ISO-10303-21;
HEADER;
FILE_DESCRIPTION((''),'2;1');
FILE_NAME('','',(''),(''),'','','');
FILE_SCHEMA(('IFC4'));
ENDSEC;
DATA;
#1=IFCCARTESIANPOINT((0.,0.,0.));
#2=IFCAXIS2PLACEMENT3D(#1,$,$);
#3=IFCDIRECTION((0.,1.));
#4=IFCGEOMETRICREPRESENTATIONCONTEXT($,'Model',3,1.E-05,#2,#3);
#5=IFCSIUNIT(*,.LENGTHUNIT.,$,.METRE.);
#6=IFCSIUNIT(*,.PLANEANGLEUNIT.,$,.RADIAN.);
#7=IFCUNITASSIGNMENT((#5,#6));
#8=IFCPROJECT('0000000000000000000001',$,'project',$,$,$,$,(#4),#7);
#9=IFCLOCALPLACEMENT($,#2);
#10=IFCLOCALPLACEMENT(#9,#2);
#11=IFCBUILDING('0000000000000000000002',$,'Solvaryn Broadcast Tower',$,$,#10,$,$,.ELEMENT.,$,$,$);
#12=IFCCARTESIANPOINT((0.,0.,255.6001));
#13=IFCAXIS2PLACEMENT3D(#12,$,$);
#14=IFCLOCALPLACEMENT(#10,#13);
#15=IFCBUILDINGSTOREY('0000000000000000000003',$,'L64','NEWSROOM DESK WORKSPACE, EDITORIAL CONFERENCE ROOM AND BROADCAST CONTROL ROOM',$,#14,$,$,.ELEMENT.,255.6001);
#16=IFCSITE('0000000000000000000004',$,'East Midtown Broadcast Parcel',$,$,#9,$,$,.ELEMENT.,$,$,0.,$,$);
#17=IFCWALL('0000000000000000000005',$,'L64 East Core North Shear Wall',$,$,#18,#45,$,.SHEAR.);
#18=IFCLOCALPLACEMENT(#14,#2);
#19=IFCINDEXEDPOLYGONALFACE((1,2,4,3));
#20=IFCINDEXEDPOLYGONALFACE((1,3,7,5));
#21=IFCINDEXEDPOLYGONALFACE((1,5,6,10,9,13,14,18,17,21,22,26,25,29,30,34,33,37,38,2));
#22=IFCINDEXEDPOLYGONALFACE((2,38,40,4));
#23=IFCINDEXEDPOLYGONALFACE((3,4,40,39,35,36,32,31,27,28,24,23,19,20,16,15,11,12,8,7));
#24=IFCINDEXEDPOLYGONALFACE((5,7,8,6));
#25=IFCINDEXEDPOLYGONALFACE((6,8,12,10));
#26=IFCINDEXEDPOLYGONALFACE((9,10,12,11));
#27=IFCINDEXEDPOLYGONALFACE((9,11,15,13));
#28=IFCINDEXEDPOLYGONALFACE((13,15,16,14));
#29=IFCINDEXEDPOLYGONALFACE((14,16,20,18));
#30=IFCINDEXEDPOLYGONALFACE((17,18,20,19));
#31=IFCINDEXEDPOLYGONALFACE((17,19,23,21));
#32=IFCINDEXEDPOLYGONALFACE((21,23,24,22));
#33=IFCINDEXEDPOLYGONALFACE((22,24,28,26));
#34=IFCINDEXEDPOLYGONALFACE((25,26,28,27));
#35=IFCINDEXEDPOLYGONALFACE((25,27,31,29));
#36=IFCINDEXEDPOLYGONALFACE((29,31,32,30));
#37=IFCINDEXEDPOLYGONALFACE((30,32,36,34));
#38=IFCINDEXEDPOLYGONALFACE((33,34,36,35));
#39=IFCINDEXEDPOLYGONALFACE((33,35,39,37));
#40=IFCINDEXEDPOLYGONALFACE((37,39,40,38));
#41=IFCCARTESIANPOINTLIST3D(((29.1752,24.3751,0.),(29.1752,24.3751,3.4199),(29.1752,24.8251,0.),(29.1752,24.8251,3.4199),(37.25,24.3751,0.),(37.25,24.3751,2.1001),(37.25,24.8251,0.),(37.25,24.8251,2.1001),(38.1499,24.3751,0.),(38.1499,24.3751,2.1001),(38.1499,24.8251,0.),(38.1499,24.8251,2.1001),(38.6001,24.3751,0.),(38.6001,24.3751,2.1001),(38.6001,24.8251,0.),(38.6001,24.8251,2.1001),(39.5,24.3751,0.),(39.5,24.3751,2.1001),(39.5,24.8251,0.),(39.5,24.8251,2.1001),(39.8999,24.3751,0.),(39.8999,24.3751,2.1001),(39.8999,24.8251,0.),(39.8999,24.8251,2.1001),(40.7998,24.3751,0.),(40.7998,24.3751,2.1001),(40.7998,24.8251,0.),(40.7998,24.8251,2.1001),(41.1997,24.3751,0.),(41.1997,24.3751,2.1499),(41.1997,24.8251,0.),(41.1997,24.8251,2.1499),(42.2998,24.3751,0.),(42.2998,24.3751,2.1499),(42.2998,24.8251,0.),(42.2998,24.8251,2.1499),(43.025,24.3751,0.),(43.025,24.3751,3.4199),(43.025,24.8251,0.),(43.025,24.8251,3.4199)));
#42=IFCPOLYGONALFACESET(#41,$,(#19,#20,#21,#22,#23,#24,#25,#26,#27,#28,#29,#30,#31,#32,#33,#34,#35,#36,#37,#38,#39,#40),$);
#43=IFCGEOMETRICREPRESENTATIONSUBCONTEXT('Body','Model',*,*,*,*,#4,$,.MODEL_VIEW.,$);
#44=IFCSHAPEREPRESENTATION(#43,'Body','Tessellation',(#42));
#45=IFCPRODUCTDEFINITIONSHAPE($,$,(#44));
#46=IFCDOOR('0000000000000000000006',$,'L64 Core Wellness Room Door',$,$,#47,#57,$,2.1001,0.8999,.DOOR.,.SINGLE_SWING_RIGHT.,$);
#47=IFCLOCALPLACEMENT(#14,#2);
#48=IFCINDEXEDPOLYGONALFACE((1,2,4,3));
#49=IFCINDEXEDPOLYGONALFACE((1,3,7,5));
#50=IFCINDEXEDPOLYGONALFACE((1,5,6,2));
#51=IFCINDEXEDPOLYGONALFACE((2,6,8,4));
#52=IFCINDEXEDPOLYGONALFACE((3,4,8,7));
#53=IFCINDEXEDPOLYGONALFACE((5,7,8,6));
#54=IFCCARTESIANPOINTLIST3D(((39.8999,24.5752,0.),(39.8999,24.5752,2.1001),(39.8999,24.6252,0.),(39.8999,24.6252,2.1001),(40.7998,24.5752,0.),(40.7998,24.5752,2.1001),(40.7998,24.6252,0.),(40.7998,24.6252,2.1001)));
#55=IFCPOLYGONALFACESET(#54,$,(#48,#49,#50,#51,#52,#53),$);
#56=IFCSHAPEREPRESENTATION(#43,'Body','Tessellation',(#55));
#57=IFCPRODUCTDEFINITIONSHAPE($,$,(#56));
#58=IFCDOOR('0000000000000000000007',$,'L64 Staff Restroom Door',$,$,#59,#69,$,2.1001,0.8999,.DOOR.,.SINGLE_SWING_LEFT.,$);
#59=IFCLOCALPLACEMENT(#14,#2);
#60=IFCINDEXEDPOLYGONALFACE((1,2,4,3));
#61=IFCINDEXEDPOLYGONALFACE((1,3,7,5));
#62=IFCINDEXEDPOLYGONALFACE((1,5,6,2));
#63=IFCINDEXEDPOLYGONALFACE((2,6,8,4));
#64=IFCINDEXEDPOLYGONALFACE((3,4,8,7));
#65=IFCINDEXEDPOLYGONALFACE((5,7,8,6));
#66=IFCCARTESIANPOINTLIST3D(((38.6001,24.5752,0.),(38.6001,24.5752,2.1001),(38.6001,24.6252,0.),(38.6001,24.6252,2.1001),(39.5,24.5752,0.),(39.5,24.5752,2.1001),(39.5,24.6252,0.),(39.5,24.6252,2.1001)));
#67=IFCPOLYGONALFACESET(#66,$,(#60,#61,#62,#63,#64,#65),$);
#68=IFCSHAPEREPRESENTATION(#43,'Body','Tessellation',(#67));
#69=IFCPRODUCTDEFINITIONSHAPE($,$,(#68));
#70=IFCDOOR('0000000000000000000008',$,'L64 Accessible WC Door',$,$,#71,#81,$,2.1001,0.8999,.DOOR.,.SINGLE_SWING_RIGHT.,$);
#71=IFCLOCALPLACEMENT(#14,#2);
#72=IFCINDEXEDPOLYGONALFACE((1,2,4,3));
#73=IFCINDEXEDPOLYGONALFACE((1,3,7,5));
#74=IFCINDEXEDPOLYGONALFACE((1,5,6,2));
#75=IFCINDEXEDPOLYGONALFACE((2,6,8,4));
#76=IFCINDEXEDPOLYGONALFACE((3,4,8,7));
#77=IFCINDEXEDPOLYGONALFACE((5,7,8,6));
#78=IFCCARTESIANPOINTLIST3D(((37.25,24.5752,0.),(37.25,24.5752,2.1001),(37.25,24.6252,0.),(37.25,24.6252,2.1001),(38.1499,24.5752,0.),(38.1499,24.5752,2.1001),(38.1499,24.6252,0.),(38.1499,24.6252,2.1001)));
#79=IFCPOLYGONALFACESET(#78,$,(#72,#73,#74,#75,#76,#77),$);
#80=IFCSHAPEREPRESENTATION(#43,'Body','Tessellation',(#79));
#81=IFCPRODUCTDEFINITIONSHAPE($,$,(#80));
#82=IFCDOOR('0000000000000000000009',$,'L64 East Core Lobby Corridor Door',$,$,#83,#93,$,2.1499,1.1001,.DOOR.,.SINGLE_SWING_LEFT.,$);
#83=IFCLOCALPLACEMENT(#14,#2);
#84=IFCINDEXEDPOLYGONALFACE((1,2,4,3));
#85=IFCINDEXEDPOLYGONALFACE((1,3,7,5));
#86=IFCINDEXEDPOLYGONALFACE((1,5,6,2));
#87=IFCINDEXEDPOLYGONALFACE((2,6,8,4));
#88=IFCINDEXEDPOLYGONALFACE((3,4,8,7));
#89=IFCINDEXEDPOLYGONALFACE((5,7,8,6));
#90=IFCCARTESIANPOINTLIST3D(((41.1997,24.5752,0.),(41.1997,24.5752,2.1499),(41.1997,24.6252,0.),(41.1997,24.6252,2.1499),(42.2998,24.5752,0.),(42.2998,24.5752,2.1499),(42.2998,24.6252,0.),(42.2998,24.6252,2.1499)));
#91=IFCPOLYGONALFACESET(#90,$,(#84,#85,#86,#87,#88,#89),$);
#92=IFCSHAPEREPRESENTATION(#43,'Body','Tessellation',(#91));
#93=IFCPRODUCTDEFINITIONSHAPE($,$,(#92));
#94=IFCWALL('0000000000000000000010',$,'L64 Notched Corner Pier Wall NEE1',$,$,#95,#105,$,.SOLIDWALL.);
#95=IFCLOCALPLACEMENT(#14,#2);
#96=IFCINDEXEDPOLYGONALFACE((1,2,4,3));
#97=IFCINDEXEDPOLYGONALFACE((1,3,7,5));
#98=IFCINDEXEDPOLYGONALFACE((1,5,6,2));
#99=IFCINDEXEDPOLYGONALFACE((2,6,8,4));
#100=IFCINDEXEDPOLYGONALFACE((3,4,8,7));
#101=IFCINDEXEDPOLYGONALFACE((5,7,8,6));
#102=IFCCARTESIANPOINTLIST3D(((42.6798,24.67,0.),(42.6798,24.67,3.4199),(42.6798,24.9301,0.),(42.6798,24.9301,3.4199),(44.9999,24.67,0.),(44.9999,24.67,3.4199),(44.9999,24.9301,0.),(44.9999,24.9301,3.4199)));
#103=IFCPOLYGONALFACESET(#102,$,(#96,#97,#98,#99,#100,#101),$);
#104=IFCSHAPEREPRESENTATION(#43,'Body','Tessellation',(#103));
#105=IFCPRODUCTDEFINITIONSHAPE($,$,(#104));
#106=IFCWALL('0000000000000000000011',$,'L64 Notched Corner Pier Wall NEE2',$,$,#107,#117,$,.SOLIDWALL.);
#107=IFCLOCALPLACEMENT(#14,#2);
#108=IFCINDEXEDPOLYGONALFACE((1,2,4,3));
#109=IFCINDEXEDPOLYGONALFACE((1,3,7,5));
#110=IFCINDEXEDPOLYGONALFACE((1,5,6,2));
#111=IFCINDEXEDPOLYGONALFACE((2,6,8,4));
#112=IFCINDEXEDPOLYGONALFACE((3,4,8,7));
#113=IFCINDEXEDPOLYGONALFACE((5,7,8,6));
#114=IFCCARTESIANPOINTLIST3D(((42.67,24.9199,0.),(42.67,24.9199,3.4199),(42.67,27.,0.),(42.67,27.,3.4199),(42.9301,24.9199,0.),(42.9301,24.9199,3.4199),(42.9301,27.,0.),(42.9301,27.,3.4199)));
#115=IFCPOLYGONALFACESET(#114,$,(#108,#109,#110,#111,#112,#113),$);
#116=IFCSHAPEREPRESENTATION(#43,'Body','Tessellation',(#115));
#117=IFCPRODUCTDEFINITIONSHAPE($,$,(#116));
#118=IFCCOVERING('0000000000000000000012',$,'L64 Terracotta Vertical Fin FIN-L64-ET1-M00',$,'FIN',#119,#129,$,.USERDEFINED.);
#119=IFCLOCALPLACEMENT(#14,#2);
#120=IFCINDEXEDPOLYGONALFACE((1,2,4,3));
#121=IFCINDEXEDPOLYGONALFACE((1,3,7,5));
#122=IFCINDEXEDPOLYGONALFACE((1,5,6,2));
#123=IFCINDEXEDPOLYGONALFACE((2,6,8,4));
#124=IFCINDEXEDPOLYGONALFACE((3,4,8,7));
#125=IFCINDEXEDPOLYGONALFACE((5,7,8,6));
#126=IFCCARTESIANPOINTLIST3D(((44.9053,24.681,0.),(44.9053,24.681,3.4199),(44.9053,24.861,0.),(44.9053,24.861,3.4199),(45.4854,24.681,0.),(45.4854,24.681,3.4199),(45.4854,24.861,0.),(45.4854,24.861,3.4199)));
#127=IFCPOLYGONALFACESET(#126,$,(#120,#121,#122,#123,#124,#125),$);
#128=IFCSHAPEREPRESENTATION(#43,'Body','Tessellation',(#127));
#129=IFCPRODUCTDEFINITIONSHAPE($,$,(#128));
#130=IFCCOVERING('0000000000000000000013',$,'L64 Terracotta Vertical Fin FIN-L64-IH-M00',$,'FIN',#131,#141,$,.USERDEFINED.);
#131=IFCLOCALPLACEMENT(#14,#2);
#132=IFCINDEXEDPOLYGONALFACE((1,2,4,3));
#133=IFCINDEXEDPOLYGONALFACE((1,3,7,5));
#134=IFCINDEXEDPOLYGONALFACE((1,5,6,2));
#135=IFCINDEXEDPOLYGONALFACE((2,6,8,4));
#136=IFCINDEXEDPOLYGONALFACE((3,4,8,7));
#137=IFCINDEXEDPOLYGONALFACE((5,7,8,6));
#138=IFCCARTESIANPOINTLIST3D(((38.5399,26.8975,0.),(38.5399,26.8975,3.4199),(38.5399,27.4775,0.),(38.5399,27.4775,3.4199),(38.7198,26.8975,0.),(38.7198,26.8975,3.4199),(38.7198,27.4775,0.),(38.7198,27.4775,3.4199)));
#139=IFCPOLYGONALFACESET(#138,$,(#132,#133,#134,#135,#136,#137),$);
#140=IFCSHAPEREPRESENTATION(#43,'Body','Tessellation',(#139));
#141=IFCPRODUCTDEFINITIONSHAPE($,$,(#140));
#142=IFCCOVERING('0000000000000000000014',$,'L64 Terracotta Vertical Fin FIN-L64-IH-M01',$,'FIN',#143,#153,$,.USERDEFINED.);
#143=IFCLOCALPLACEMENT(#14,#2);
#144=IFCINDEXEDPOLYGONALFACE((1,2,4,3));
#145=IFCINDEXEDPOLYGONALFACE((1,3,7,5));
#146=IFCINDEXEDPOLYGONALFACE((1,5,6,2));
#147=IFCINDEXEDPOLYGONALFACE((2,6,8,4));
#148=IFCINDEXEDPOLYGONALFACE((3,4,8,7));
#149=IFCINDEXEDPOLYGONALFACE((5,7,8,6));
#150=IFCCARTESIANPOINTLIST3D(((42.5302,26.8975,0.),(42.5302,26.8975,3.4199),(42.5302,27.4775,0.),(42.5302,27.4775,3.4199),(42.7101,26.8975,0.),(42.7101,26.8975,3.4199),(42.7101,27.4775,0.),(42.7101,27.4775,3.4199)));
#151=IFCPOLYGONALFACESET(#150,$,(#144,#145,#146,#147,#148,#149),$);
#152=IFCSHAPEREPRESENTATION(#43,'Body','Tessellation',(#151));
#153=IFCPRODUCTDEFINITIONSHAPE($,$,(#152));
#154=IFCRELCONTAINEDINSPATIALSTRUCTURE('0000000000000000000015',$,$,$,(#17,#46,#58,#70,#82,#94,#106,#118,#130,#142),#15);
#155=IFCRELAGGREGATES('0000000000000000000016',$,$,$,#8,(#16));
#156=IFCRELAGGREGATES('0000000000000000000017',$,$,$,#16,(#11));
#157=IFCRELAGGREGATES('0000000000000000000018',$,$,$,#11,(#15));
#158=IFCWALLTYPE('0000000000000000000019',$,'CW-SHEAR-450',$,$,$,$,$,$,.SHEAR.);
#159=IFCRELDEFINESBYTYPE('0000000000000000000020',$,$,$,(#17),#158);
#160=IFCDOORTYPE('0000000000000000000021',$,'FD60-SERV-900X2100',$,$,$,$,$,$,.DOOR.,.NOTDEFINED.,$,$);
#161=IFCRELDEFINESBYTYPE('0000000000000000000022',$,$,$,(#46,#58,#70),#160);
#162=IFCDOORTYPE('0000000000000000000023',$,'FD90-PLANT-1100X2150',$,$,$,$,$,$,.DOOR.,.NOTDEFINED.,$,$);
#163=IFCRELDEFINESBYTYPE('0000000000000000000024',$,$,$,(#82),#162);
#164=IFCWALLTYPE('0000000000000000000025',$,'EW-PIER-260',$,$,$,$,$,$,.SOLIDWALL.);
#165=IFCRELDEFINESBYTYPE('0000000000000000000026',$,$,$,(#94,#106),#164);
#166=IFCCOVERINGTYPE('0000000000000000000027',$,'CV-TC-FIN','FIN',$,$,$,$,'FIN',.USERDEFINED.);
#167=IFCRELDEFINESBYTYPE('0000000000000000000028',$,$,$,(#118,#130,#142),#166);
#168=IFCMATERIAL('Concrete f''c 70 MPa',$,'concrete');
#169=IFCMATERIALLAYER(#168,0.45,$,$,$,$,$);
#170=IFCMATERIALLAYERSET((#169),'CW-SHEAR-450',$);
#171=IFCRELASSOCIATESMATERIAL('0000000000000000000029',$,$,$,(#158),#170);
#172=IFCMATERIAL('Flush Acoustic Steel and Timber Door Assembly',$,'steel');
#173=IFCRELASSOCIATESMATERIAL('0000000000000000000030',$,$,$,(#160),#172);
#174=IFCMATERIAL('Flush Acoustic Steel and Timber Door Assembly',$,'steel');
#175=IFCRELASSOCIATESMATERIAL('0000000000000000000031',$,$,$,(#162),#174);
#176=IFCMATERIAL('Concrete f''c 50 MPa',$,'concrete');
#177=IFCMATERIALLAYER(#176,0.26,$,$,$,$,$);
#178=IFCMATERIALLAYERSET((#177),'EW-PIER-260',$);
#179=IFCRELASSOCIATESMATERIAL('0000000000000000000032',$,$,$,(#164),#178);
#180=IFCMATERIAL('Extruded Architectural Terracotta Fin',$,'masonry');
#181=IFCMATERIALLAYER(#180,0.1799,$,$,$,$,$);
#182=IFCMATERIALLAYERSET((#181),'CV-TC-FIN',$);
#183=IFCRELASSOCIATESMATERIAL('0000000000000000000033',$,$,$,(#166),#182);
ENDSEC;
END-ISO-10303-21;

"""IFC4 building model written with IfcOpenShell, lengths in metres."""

from ifc_helpers import new_model, si_unit, direction, frame, frame_2d, origin, origin_2d, place, context, subcontext, project, spatial, rectangle, extrude, material, layer, layer_set, type_object, element, fill, save


model = new_model("IFC4")

# Units and contexts
model_context = context("Model", 3, precision=1e-05, world=origin(), true_north=direction((0.0, 1.0)))
body_context = subcontext(model_context, "Body", "Model", "MODEL_VIEW")
ifc_project = project(units=[si_unit("LENGTHUNIT", "METRE"), si_unit("PLANEANGLEUNIT", "RADIAN")], contexts=[model_context])

# Site, building, storey
site_placement = place(None, origin())
site = spatial("IfcSite", under=ifc_project, at=site_placement, Name="East Midtown Broadcast Parcel", CompositionType="ELEMENT", RefElevation=0.0)
building_placement = place(site_placement, origin())
building = spatial("IfcBuilding", under=site, at=building_placement, Name="Solvaryn Broadcast Tower", CompositionType="ELEMENT")
storey_placement = place(building_placement, frame((0.0, 0.0, 255.6001)))
storey = spatial("IfcBuildingStorey", under=building, at=storey_placement, Name="L64", Description="NEWSROOM DESK WORKSPACE, EDITORIAL CONFERENCE ROOM AND BROADCAST CONTROL ROOM", CompositionType="ELEMENT", Elevation=255.6001)

# Wall, openings, doors
ifc_material_1 = material(Name="Concrete f'c 70 MPa", Category="concrete")
ifc_layer_1 = layer(ifc_material_1, 0.45)
ifc_layer_set_1 = layer_set([ifc_layer_1], Name="CW-SHEAR-450")
wall_type_1 = type_object("IfcWallType", Name="CW-SHEAR-450", PredefinedType="SHEAR", material=ifc_layer_set_1)
wall_1_placement = place(storey_placement, frame((43.0249, 24.6001, 0.0), z_axis=(0.0, 0.0, 1.0), x_axis=(-1.0, 0.0, 0.0)))
wall_1 = element("IfcWall", 1, at=wall_1_placement, inside=storey, type_object=wall_type_1, Name="L64 East Core North Shear Wall", PredefinedType="SHEAR", context=body_context, shape_type="SweptSolid", body=[
    extrude(rectangle(XDim=13.8499, YDim=0.45, at=frame_2d((6.9248, 0.0))), origin(), (0.0, 0.0, 1.0), 3.4199),
])
opening_1_placement = place(wall_1_placement, frame((0.7251, 0.0, 0.0)))
opening_1 = element("IfcOpeningElement", 2, at=opening_1_placement, cuts=wall_1, PredefinedType="OPENING", context=body_context, shape_type="SweptSolid", body=[
    extrude(rectangle(XDim=1.1001, YDim=2.1499, at=frame_2d((0.55, 1.075))), frame((0.0, 0.2351, 0.0), z_axis=(0.0, -1.0, 0.0), x_axis=(1.0, 0.0, 0.0)), (0.0, 0.0, 1.0), 0.47),
])
opening_2_placement = place(wall_1_placement, frame((2.2251, 0.0, 0.0)))
opening_2 = element("IfcOpeningElement", 3, at=opening_2_placement, cuts=wall_1, PredefinedType="OPENING", context=body_context, shape_type="SweptSolid", body=[
    extrude(rectangle(XDim=0.8999, YDim=2.1001, at=frame_2d((0.45, 1.05))), frame((0.0, 0.2351, 0.0), z_axis=(0.0, -1.0, 0.0), x_axis=(1.0, 0.0, 0.0)), (0.0, 0.0, 1.0), 0.47),
])
opening_3_placement = place(wall_1_placement, frame((3.5249, 0.0, 0.0)))
opening_3 = element("IfcOpeningElement", 4, at=opening_3_placement, cuts=wall_1, PredefinedType="OPENING", context=body_context, shape_type="SweptSolid", body=[
    extrude(rectangle(XDim=0.8999, YDim=2.1001, at=frame_2d((0.45, 1.05))), frame((0.0, 0.2351, 0.0), z_axis=(0.0, -1.0, 0.0), x_axis=(1.0, 0.0, 0.0)), (0.0, 0.0, 1.0), 0.47),
])
opening_4_placement = place(wall_1_placement, frame((4.875, 0.0, 0.0)))
opening_4 = element("IfcOpeningElement", 5, at=opening_4_placement, cuts=wall_1, PredefinedType="OPENING", context=body_context, shape_type="SweptSolid", body=[
    extrude(rectangle(XDim=0.8999, YDim=2.1001, at=frame_2d((0.45, 1.05))), frame((0.0, 0.2351, 0.0), z_axis=(0.0, -1.0, 0.0), x_axis=(1.0, 0.0, 0.0)), (0.0, 0.0, 1.0), 0.47),
])
ifc_material_2 = material(Name="Flush Acoustic Steel and Timber Door Assembly", Category="steel")
door_type_1 = type_object("IfcDoorType", Name="FD60-SERV-900X2100", OperationType="NOTDEFINED", PredefinedType="DOOR", material=ifc_material_2)
door_1_placement = place(opening_2_placement, origin())
door_1 = element("IfcDoor", 6, at=door_1_placement, inside=storey, type_object=door_type_1, Name="L64 Core Wellness Room Door", OperationType="SINGLE_SWING_RIGHT", OverallHeight=2.1001, OverallWidth=0.8999, PredefinedType="DOOR", context=body_context, shape_type="SweptSolid", body=[
    extrude(rectangle(XDim=0.8999, YDim=2.1001, at=frame_2d((0.45, 1.05))), frame((0.0, 0.0249, 0.0), z_axis=(0.0, -1.0, 0.0), x_axis=(1.0, 0.0, 0.0)), (0.0, 0.0, 1.0), 0.05),
])
fill(opening_2, door_1)
door_2_placement = place(opening_3_placement, origin())
door_2 = element("IfcDoor", 7, at=door_2_placement, inside=storey, type_object=door_type_1, Name="L64 Staff Restroom Door", OperationType="SINGLE_SWING_LEFT", OverallHeight=2.1001, OverallWidth=0.8999, PredefinedType="DOOR", context=body_context, shape_type="SweptSolid", body=[
    extrude(rectangle(XDim=0.8999, YDim=2.1001, at=frame_2d((0.45, 1.05))), frame((0.0, 0.0249, 0.0), z_axis=(0.0, -1.0, 0.0), x_axis=(1.0, 0.0, 0.0)), (0.0, 0.0, 1.0), 0.05),
])
fill(opening_3, door_2)
door_3_placement = place(opening_4_placement, origin())
door_3 = element("IfcDoor", 8, at=door_3_placement, inside=storey, type_object=door_type_1, Name="L64 Accessible WC Door", OperationType="SINGLE_SWING_RIGHT", OverallHeight=2.1001, OverallWidth=0.8999, PredefinedType="DOOR", context=body_context, shape_type="SweptSolid", body=[
    extrude(rectangle(XDim=0.8999, YDim=2.1001, at=frame_2d((0.45, 1.05))), frame((0.0, 0.0249, 0.0), z_axis=(0.0, -1.0, 0.0), x_axis=(1.0, 0.0, 0.0)), (0.0, 0.0, 1.0), 0.05),
])
fill(opening_4, door_3)
ifc_material_3 = material(Name="Flush Acoustic Steel and Timber Door Assembly", Category="steel")
door_type_2 = type_object("IfcDoorType", Name="FD90-PLANT-1100X2150", OperationType="NOTDEFINED", PredefinedType="DOOR", material=ifc_material_3)
door_4_placement = place(opening_1_placement, origin())
door_4 = element("IfcDoor", 9, at=door_4_placement, inside=storey, type_object=door_type_2, Name="L64 East Core Lobby Corridor Door", OperationType="SINGLE_SWING_LEFT", OverallHeight=2.1499, OverallWidth=1.1001, PredefinedType="DOOR", context=body_context, shape_type="SweptSolid", body=[
    extrude(rectangle(XDim=1.1001, YDim=2.1499, at=frame_2d((0.55, 1.075))), frame((0.0, 0.0249, 0.0), z_axis=(0.0, -1.0, 0.0), x_axis=(1.0, 0.0, 0.0)), (0.0, 0.0, 1.0), 0.05),
])
fill(opening_1, door_4)

# Walls
ifc_material_4 = material(Name="Concrete f'c 50 MPa", Category="concrete")
ifc_layer_2 = layer(ifc_material_4, 0.26)
ifc_layer_set_2 = layer_set([ifc_layer_2], Name="EW-PIER-260")
wall_type_2 = type_object("IfcWallType", Name="EW-PIER-260", PredefinedType="SOLIDWALL", material=ifc_layer_set_2)
wall_2_placement = place(storey_placement, frame((45.0, 24.8, 0.0), z_axis=(0.0, 0.0, 1.0), x_axis=(-1.0, 0.0, 0.0)))
element("IfcWall", 10, at=wall_2_placement, inside=storey, type_object=wall_type_2, Name="L64 Notched Corner Pier Wall NEE1", PredefinedType="SOLIDWALL", context=body_context, shape_type="SweptSolid", body=[
    extrude(rectangle(XDim=2.3201, YDim=0.26, at=frame_2d((1.1602, 0.0))), origin(), (0.0, 0.0, 1.0), 3.4199),
])
wall_3_placement = place(storey_placement, frame((42.8, 24.9199, 0.0), z_axis=(0.0, 0.0, 1.0), x_axis=(0.0, 1.0, 0.0)))
element("IfcWall", 11, at=wall_3_placement, inside=storey, type_object=wall_type_2, Name="L64 Notched Corner Pier Wall NEE2", PredefinedType="SOLIDWALL", context=body_context, shape_type="SweptSolid", body=[
    extrude(rectangle(XDim=2.0801, YDim=0.26, at=frame_2d((1.04, 0.0))), origin(), (0.0, 0.0, 1.0), 3.4199),
])

# Coverings
ifc_material_5 = material(Name="Extruded Architectural Terracotta Fin", Category="masonry")
ifc_layer_3 = layer(ifc_material_5, 0.1799)
ifc_layer_set_3 = layer_set([ifc_layer_3], Name="CV-TC-FIN")
covering_type = type_object("IfcCoveringType", Name="CV-TC-FIN", Description="FIN", ElementType="FIN", PredefinedType="USERDEFINED", material=ifc_layer_set_3)
covering_placement = place(storey_placement, frame((45.1953, 24.771, 0.0), z_axis=(0.0, 0.0, 1.0), x_axis=(1.0, 0.0, 0.0)))
element("IfcCovering", 12, at=covering_placement, inside=storey, type_object=covering_type, Name="L64 Terracotta Vertical Fin FIN-L64-ET1-M00", ObjectType="FIN", PredefinedType="USERDEFINED", context=body_context, shape_type="SweptSolid", body=[
    extrude(rectangle(XDim=0.5801, YDim=0.1799, at=origin_2d()), origin(), (0.0, 0.0, 1.0), 3.4199),
])
for number, where, z_axis, x_axis, name in (
    (13, (38.6299, 27.1875, 0.0), (0.0, 0.0, 1.0), (1.0, 0.0, 0.0), "L64 Terracotta Vertical Fin FIN-L64-IH-M00"),
    (14, (42.6201, 27.1875, 0.0), (0.0, 0.0, 1.0), (1.0, 0.0, 0.0), "L64 Terracotta Vertical Fin FIN-L64-IH-M01"),
):
    element("IfcCovering", number, at=place(storey_placement, frame(where, z_axis=z_axis, x_axis=x_axis)), inside=storey, type_object=covering_type, Name=name, ObjectType="FIN", PredefinedType="USERDEFINED", context=body_context, shape_type="SweptSolid", body=[
        extrude(rectangle(XDim=0.1799, YDim=0.5801, at=origin_2d()), origin(), (0.0, 0.0, 1.0), 3.4199),
    ])

save(model, "model.ifc")
